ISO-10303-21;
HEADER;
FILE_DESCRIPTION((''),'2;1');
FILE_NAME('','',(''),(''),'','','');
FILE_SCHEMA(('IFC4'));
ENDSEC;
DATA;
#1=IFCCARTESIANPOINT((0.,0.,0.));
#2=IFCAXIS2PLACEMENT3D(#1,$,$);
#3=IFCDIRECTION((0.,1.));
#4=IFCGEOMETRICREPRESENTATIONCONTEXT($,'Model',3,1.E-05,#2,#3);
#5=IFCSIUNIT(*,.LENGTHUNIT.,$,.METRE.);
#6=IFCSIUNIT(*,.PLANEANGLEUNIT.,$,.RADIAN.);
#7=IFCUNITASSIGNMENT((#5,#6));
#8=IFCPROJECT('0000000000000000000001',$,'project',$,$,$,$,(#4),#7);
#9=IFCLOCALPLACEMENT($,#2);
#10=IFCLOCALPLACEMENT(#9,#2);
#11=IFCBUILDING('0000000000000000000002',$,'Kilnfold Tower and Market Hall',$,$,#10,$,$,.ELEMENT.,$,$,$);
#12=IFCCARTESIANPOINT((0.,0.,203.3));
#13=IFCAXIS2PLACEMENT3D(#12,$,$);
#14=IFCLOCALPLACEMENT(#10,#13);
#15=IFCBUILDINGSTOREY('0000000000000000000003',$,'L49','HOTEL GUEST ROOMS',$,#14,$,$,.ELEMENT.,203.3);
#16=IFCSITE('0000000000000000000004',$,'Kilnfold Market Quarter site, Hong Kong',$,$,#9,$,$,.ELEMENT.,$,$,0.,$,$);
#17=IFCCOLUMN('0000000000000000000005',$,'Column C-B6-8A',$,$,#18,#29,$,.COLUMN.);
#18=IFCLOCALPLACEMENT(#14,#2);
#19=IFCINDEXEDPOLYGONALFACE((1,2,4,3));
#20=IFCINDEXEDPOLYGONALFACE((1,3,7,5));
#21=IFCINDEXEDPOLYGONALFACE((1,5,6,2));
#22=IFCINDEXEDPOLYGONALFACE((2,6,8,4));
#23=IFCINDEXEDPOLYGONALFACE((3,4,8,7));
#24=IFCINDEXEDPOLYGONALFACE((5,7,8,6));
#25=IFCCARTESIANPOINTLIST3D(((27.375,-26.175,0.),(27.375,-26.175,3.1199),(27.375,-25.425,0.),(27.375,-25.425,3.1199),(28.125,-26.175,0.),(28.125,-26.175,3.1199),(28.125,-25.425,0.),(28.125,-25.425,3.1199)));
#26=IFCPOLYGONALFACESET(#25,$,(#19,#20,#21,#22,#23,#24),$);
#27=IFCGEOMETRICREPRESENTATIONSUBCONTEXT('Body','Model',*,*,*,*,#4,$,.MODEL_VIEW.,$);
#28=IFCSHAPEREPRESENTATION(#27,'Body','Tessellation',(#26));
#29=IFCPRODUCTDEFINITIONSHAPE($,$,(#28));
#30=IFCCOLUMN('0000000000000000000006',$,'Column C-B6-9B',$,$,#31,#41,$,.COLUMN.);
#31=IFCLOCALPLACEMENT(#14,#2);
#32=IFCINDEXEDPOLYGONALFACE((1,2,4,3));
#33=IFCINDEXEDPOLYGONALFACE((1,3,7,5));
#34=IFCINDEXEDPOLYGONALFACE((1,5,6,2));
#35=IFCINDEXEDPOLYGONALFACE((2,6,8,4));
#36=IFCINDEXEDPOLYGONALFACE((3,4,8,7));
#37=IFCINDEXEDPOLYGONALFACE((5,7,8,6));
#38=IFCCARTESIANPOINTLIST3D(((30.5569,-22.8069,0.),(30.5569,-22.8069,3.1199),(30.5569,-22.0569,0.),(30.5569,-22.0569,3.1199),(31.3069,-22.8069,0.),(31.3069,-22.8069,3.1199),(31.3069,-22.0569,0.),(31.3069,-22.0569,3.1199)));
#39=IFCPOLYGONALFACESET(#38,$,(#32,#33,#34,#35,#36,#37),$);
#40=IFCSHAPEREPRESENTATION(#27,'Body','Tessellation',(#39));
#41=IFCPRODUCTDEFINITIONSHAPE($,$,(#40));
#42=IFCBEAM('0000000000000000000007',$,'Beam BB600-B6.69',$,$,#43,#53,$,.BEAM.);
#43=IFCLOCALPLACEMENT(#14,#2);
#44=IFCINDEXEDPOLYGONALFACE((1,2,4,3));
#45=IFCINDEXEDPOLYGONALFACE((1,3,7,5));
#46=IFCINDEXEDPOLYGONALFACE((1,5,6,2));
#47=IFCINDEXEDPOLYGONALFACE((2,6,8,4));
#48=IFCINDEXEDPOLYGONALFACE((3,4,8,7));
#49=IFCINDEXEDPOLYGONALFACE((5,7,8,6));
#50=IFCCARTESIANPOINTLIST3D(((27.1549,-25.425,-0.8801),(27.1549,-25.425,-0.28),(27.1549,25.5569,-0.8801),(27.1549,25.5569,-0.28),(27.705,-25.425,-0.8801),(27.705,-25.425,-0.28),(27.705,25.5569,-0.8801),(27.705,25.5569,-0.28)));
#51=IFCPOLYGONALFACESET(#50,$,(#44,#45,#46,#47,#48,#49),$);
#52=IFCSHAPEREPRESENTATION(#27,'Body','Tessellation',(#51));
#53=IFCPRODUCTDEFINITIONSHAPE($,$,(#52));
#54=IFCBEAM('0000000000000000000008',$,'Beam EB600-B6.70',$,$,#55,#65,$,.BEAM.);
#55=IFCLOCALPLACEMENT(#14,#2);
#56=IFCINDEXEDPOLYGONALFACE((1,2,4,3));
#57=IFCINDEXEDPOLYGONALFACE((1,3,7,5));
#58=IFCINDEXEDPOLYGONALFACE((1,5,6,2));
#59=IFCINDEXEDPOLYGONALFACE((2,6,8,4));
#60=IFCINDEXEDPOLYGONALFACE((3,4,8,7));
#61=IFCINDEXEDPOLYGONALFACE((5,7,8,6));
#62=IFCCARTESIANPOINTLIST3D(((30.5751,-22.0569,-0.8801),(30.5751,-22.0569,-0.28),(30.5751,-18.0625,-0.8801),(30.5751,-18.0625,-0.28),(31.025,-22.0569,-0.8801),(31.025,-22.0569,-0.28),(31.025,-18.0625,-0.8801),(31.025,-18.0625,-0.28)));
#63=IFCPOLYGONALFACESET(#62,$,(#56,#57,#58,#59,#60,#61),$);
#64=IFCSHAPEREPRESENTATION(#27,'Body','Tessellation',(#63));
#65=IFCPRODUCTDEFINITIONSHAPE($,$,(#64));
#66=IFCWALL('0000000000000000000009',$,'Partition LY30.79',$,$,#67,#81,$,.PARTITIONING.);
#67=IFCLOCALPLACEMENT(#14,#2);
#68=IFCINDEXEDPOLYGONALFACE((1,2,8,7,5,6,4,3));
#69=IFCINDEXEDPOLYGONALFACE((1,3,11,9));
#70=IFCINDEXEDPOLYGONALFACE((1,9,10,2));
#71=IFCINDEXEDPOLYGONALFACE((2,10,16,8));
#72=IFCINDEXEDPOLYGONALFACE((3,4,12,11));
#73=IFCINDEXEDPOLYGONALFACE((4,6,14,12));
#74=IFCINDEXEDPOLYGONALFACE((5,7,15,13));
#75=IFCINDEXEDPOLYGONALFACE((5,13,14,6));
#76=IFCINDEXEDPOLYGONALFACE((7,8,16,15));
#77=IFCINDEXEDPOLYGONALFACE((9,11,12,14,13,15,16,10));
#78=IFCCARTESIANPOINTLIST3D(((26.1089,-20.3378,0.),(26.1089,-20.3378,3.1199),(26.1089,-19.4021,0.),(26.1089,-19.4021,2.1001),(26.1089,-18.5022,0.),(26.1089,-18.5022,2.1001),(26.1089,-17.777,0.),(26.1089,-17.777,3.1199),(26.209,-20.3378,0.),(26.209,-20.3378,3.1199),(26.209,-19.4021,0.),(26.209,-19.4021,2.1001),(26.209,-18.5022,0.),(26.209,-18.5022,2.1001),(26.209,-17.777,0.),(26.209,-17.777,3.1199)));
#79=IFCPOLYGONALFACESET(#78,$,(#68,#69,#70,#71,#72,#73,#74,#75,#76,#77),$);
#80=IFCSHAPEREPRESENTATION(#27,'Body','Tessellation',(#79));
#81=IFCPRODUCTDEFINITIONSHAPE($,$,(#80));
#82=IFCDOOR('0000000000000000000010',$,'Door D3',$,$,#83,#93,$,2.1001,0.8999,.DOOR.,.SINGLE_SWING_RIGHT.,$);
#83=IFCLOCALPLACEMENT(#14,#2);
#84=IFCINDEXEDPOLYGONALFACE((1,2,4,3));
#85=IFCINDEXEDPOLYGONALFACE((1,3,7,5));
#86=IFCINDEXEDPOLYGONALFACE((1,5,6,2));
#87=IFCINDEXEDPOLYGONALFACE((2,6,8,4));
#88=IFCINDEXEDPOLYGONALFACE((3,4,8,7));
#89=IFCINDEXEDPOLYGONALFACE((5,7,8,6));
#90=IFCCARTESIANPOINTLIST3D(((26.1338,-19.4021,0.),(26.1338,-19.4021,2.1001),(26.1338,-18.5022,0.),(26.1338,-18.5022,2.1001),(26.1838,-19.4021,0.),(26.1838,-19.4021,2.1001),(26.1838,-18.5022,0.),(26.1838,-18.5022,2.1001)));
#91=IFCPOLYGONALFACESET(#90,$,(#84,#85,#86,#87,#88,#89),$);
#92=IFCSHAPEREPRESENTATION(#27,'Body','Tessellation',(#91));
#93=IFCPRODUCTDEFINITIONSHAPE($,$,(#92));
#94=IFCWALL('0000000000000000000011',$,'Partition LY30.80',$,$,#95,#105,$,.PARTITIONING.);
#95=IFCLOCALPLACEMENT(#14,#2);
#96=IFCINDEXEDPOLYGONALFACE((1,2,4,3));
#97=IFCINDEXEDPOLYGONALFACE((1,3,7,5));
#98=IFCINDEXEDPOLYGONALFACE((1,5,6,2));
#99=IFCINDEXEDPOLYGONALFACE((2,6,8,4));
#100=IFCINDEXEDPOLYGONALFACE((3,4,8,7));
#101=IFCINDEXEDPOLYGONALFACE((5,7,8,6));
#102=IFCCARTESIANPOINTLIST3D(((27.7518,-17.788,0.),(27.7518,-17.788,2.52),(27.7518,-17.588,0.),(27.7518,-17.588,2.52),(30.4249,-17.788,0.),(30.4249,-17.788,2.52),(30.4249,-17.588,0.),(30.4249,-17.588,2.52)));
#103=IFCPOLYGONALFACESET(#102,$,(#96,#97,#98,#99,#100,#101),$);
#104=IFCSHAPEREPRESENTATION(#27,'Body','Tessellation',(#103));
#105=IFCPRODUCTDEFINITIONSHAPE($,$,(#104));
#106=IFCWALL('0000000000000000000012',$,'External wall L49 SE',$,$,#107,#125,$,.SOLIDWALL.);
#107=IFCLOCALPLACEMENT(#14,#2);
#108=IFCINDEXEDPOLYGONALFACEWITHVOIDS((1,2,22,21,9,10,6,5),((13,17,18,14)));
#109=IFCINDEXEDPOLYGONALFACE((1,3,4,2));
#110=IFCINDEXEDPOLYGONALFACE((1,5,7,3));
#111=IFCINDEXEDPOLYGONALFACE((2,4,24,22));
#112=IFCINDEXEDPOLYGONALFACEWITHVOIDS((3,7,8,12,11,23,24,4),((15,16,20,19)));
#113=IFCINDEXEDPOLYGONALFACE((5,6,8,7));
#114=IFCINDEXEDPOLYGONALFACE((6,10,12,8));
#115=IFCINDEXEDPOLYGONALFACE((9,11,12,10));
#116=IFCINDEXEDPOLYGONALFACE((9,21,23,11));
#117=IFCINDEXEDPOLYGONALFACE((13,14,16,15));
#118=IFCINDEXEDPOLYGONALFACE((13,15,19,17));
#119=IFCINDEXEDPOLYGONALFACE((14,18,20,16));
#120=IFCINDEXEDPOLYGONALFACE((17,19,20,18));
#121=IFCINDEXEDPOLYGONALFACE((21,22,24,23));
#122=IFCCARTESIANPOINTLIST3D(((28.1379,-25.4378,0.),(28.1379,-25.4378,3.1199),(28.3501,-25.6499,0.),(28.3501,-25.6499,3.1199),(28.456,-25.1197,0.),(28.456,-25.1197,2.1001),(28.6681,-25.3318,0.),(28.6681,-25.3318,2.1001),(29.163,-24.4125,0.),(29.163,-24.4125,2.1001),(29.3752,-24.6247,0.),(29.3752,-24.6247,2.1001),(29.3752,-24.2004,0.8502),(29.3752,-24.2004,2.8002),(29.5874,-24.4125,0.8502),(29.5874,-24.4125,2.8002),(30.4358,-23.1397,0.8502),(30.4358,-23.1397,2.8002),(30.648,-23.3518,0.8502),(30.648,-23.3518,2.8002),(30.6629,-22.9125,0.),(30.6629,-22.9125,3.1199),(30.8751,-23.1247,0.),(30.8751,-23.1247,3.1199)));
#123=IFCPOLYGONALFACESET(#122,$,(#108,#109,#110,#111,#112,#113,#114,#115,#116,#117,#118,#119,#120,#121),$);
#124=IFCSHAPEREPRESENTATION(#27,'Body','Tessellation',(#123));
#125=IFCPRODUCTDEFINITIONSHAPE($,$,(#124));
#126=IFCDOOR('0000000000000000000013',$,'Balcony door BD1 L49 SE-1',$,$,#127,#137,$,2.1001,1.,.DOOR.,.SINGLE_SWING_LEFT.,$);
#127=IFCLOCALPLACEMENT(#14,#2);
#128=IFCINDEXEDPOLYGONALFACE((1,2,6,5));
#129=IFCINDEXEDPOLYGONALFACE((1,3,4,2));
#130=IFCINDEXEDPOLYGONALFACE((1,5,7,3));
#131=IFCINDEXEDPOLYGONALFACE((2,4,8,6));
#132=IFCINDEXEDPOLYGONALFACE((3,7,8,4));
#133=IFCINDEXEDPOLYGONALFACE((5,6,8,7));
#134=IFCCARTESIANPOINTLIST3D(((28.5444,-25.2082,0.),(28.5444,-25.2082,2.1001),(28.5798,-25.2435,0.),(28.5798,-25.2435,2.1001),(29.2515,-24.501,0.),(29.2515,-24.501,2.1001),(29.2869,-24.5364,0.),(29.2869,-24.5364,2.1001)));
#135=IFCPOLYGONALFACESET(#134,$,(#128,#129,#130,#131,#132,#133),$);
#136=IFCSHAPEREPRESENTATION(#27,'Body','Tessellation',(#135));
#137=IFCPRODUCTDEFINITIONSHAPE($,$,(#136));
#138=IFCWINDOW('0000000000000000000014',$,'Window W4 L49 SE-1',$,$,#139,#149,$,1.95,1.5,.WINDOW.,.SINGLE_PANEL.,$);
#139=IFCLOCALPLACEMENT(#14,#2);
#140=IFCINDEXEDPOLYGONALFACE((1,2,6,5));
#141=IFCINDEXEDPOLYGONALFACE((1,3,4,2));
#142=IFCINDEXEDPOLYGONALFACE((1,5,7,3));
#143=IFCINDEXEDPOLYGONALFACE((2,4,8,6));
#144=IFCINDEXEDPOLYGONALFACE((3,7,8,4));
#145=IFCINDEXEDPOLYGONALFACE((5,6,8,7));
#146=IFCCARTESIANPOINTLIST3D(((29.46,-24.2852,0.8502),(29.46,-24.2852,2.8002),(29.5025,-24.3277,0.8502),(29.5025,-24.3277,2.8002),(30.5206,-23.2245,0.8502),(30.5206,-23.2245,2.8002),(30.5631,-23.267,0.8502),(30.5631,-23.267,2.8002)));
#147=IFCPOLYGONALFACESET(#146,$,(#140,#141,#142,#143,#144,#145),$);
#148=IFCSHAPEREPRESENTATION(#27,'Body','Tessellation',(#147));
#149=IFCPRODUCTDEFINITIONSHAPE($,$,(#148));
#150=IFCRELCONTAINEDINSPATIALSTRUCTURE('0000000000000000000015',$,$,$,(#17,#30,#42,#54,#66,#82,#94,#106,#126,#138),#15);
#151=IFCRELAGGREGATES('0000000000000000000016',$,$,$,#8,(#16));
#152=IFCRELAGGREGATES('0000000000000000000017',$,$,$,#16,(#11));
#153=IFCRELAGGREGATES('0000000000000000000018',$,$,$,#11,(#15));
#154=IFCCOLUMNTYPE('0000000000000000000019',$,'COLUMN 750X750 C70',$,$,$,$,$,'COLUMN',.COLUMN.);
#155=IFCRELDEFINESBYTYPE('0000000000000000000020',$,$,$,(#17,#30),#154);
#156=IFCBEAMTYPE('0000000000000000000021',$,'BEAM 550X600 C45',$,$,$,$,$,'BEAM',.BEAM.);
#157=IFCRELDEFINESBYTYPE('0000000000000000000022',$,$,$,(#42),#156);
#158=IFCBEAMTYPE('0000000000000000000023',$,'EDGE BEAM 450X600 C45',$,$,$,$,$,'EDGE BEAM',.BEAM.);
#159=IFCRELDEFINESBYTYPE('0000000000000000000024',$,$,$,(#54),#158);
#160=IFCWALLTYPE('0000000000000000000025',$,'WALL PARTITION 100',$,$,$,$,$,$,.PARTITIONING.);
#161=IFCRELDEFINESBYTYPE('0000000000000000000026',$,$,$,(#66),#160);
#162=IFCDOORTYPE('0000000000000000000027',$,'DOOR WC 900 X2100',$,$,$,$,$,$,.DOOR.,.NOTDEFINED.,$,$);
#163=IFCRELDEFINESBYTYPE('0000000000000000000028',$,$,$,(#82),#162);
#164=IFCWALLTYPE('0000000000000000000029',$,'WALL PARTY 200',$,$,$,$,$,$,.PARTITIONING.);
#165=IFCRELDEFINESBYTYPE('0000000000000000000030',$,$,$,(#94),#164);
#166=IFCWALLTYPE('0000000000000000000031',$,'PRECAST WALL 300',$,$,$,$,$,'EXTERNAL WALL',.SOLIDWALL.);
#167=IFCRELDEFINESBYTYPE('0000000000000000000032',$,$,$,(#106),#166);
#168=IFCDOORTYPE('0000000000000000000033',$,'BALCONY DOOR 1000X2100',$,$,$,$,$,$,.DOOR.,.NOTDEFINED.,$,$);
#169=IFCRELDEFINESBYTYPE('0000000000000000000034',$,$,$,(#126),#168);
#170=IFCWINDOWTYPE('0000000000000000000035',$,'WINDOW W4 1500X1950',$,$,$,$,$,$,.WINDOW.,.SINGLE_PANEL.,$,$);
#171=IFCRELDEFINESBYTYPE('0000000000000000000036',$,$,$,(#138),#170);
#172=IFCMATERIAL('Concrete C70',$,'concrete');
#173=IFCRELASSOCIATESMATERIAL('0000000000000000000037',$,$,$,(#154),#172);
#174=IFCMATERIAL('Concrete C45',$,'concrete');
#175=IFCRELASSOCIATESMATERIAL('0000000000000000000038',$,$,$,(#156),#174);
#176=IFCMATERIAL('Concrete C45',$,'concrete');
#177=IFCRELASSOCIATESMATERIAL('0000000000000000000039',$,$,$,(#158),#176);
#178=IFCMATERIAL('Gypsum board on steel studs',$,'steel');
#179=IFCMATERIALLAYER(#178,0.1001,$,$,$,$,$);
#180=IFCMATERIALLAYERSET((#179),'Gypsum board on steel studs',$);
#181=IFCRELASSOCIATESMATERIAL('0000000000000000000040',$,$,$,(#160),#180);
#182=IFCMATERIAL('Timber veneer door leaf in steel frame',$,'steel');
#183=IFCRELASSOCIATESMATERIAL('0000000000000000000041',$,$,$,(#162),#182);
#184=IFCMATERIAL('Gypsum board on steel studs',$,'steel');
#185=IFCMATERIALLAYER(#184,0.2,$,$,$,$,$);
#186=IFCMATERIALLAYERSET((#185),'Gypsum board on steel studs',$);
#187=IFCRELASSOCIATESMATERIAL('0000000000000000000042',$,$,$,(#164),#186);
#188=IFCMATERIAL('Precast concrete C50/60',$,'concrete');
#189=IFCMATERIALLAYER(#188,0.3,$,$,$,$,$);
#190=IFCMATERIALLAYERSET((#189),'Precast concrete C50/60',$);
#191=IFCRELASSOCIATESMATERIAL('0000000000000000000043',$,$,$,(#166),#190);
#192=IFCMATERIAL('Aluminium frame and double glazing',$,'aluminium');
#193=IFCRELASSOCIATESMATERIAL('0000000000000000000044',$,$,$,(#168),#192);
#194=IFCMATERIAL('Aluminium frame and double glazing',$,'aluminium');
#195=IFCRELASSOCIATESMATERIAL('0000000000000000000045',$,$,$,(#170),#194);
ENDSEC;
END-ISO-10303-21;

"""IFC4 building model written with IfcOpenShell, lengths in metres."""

from ifc_helpers import new_model, si_unit, direction, frame, frame_2d, origin, origin_2d, place, context, subcontext, project, spatial, rectangle, extrude, source, transform, mapped, material, layer, layer_set, material_profile, profile_set, type_object, element, fill, save


model = new_model("IFC4")

# Units and contexts
model_context = context("Model", 3, precision=1e-05, world=origin(), true_north=direction((0.0, 1.0)))
body_context = subcontext(model_context, "Body", "Model", "MODEL_VIEW")
ifc_project = project(units=[si_unit("LENGTHUNIT", "METRE"), si_unit("PLANEANGLEUNIT", "RADIAN")], contexts=[model_context])

# Site, building, storey
site_placement = place(None, origin())
site = spatial("IfcSite", under=ifc_project, at=site_placement, Name="Kilnfold Market Quarter site, Hong Kong", CompositionType="ELEMENT", RefElevation=0.0)
building_placement = place(site_placement, origin())
building = spatial("IfcBuilding", under=site, at=building_placement, Name="Kilnfold Tower and Market Hall", CompositionType="ELEMENT")
storey_placement = place(building_placement, frame((0.0, 0.0, 203.3)))
storey = spatial("IfcBuildingStorey", under=building, at=storey_placement, Name="L49", Description="HOTEL GUEST ROOMS", CompositionType="ELEMENT", Elevation=203.3)

# Columns
ifc_material_1 = material(Name="Concrete C70", Category="concrete")
ifc_material_profile_1 = material_profile(ifc_material_1, rectangle(XDim=0.75, YDim=0.75, at=origin_2d()), Name="RC 750x750")
ifc_profile_set_1 = profile_set([ifc_material_profile_1], Name="Concrete C70")
column_type = type_object("IfcColumnType", Name="COLUMN 750X750 C70", ElementType="COLUMN", PredefinedType="COLUMN", material=ifc_profile_set_1)
shared_shape_1 = source(origin(), body_context, "Body", "SweptSolid", [
    extrude(rectangle(XDim=0.75, YDim=0.75, at=origin_2d()), origin(), (0.0, 0.0, 1.0), 3.1199),
])
for number, where, z_axis, x_axis, name in (
    (1, (27.75, -25.8, 0.0), (0.0, 0.0, 1.0), (1.0, 0.0, 0.0), "Column C-B6-8A"),
    (2, (30.9319, -22.4319, 0.0), (0.0, 0.0, 1.0), (1.0, 0.0, 0.0), "Column C-B6-9B"),
):
    element("IfcColumn", number, at=place(storey_placement, frame(where, z_axis=z_axis, x_axis=x_axis)), inside=storey, type_object=column_type, Name=name, PredefinedType="COLUMN", context=body_context, shape_type="MappedRepresentation", body=[
        mapped(shared_shape_1, transform((0.0, 0.0, 0.0))),
    ])

# Beams
ifc_material_2 = material(Name="Concrete C45", Category="concrete")
ifc_material_profile_2 = material_profile(ifc_material_2, rectangle(XDim=0.55, YDim=0.6001, at=origin_2d()), Name="RC 550x600")
ifc_profile_set_2 = profile_set([ifc_material_profile_2], Name="Concrete C45")
beam_type_1 = type_object("IfcBeamType", Name="BEAM 550X600 C45", ElementType="BEAM", PredefinedType="BEAM", material=ifc_profile_set_2)
shared_shape_2 = source(origin(), body_context, "Body", "SweptSolid", [
    extrude(rectangle(XDim=0.55, YDim=0.6001, at=origin_2d()), origin(), (0.0, 0.0, 1.0), 50.9819),
])
beam_1_placement = place(storey_placement, frame((27.4299, -25.425, -0.5801), z_axis=(0.0, 1.0, 0.0), x_axis=(-1.0, 0.0, 0.0)))
element("IfcBeam", 3, at=beam_1_placement, inside=storey, type_object=beam_type_1, Name="Beam BB600-B6.69", PredefinedType="BEAM", context=body_context, shape_type="MappedRepresentation", body=[
    mapped(shared_shape_2, transform((0.0, 0.0, 0.0))),
])
ifc_material_3 = material(Name="Concrete C45", Category="concrete")
ifc_material_profile_3 = material_profile(ifc_material_3, rectangle(XDim=0.45, YDim=0.6001, at=origin_2d()), Name="RC 450x600")
ifc_profile_set_3 = profile_set([ifc_material_profile_3], Name="Concrete C45")
beam_type_2 = type_object("IfcBeamType", Name="EDGE BEAM 450X600 C45", ElementType="EDGE BEAM", PredefinedType="BEAM", material=ifc_profile_set_3)
shared_shape_3 = source(origin(), body_context, "Body", "SweptSolid", [
    extrude(rectangle(XDim=0.45, YDim=0.6001, at=origin_2d()), origin(), (0.0, 0.0, 1.0), 3.9944),
])
beam_2_placement = place(storey_placement, frame((30.8, -22.0569, -0.5801), z_axis=(0.0, 1.0, 0.0), x_axis=(-1.0, 0.0, 0.0)))
element("IfcBeam", 4, at=beam_2_placement, inside=storey, type_object=beam_type_2, Name="Beam EB600-B6.70", PredefinedType="BEAM", context=body_context, shape_type="MappedRepresentation", body=[
    mapped(shared_shape_3, transform((0.0, 0.0, 0.0))),
])

# Wall, opening, door
ifc_material_4 = material(Name="Gypsum board on steel studs", Category="steel")
ifc_layer_1 = layer(ifc_material_4, 0.1001)
ifc_layer_set_1 = layer_set([ifc_layer_1], Name="Gypsum board on steel studs")
wall_type_1 = type_object("IfcWallType", Name="WALL PARTITION 100", PredefinedType="PARTITIONING", material=ifc_layer_set_1)
wall_1_placement = place(storey_placement, frame((26.1589, -17.7771, 0.0), z_axis=(0.0, 0.0, 1.0), x_axis=(0.0, -1.0, 0.0)))
wall_1 = element("IfcWall", 5, at=wall_1_placement, inside=storey, type_object=wall_type_1, Name="Partition LY30.79", PredefinedType="PARTITIONING", context=body_context, shape_type="SweptSolid", body=[
    extrude(rectangle(XDim=2.5608, YDim=0.1001, at=frame_2d((1.2803, 0.0))), origin(), (0.0, 0.0, 1.0), 3.1199),
])
opening_1_placement = place(wall_1_placement, frame((0.7251, 0.0, 0.0)))
opening_1 = element("IfcOpeningElement", 6, at=opening_1_placement, cuts=wall_1, PredefinedType="OPENING", context=body_context, shape_type="SweptSolid", body=[
    extrude(rectangle(XDim=0.8999, YDim=2.1001, at=frame_2d((0.45, 1.05))), frame((0.0, 0.0601, 0.0), z_axis=(0.0, -1.0, 0.0), x_axis=(1.0, 0.0, 0.0)), (0.0, 0.0, 1.0), 0.1201),
])
ifc_material_5 = material(Name="Timber veneer door leaf in steel frame", Category="steel")
door_type_1 = type_object("IfcDoorType", Name="DOOR WC 900 X2100", OperationType="NOTDEFINED", PredefinedType="DOOR", material=ifc_material_5)
door_1_placement = place(opening_1_placement, origin())
door_1 = element("IfcDoor", 7, at=door_1_placement, inside=storey, type_object=door_type_1, Name="Door D3", OperationType="SINGLE_SWING_RIGHT", OverallHeight=2.1001, OverallWidth=0.8999, PredefinedType="DOOR", context=body_context, shape_type="SweptSolid", body=[
    extrude(rectangle(XDim=0.8999, YDim=2.1001, at=frame_2d((0.45, 1.05))), frame((0.0, 0.0249, 0.0), z_axis=(0.0, -1.0, 0.0), x_axis=(1.0, 0.0, 0.0)), (0.0, 0.0, 1.0), 0.05),
])
fill(opening_1, door_1)

# Wall
ifc_material_6 = material(Name="Gypsum board on steel studs", Category="steel")
ifc_layer_2 = layer(ifc_material_6, 0.2)
ifc_layer_set_2 = layer_set([ifc_layer_2], Name="Gypsum board on steel studs")
wall_type_2 = type_object("IfcWallType", Name="WALL PARTY 200", PredefinedType="PARTITIONING", material=ifc_layer_set_2)
wall_2_placement = place(storey_placement, frame((27.752, -17.688, 0.0), z_axis=(0.0, 0.0, 1.0), x_axis=(1.0, 0.0, 0.0)))
element("IfcWall", 8, at=wall_2_placement, inside=storey, type_object=wall_type_2, Name="Partition LY30.80", PredefinedType="PARTITIONING", context=body_context, shape_type="SweptSolid", body=[
    extrude(rectangle(XDim=2.6731, YDim=0.2, at=frame_2d((1.3364, 0.0))), origin(), (0.0, 0.0, 1.0), 2.52),
])

# Wall, openings, door, window
ifc_material_7 = material(Name="Precast concrete C50/60", Category="concrete")
ifc_layer_3 = layer(ifc_material_7, 0.3)
ifc_layer_set_3 = layer_set([ifc_layer_3], Name="Precast concrete C50/60")
wall_type_3 = type_object("IfcWallType", Name="PRECAST WALL 300", ElementType="EXTERNAL WALL", PredefinedType="SOLIDWALL", material=ifc_layer_set_3)
shared_shape_4 = source(origin(), body_context, "Body", "SweptSolid", [
    extrude(rectangle(XDim=3.571, YDim=0.3, at=frame_2d((1.7856, 0.0))), origin(), (0.0, 0.0, 1.0), 3.1199),
])
wall_3_placement = place(storey_placement, frame((28.2439, -25.5439, 0.0), z_axis=(0.0, 0.0, 1.0), x_axis=(0.707073, 0.707141, 0.0)))
wall_3 = element("IfcWall", 9, at=wall_3_placement, inside=storey, type_object=wall_type_3, Name="External wall L49 SE", PredefinedType="SOLIDWALL", context=body_context, shape_type="MappedRepresentation", body=[
    mapped(shared_shape_4, transform((0.0, 0.0, 0.0))),
])
opening_2_placement = place(wall_3_placement, frame((1.75, 0.0, 0.8501)))
opening_2 = element("IfcOpeningElement", 10, at=opening_2_placement, cuts=wall_3, PredefinedType="OPENING", context=body_context, shape_type="SweptSolid", body=[
    extrude(rectangle(XDim=1.5, YDim=1.95, at=frame_2d((0.75, 0.9751))), frame((0.0, 0.1602, 0.0), z_axis=(0.0, -1.0, 0.0), x_axis=(1.0, 0.0, 0.0)), (0.0, 0.0, 1.0), 0.3201),
])
opening_3_placement = place(wall_3_placement, frame((0.45, 0.0, 0.0)))
opening_3 = element("IfcOpeningElement", 11, at=opening_3_placement, cuts=wall_3, PredefinedType="OPENING", context=body_context, shape_type="SweptSolid", body=[
    extrude(rectangle(XDim=1.0, YDim=2.1001, at=frame_2d((0.5, 1.05))), frame((0.0, 0.1602, 0.0), z_axis=(0.0, -1.0, 0.0), x_axis=(1.0, 0.0, 0.0)), (0.0, 0.0, 1.0), 0.3201),
])
ifc_material_8 = material(Name="Aluminium frame and double glazing", Category="aluminium")
door_type_2 = type_object("IfcDoorType", Name="BALCONY DOOR 1000X2100", OperationType="NOTDEFINED", PredefinedType="DOOR", material=ifc_material_8)
door_2_placement = place(opening_3_placement, origin())
door_2 = element("IfcDoor", 12, at=door_2_placement, inside=storey, type_object=door_type_2, Name="Balcony door BD1 L49 SE-1", OperationType="SINGLE_SWING_LEFT", OverallHeight=2.1001, OverallWidth=1.0, PredefinedType="DOOR", context=body_context, shape_type="SweptSolid", body=[
    extrude(rectangle(XDim=1.0, YDim=2.1001, at=frame_2d((0.5, 1.05))), frame((0.0, 0.0249, 0.0), z_axis=(0.0, -1.0, 0.0), x_axis=(1.0, 0.0, 0.0)), (0.0, 0.0, 1.0), 0.05),
])
fill(opening_3, door_2)
ifc_material_9 = material(Name="Aluminium frame and double glazing", Category="aluminium")
window_type = type_object("IfcWindowType", Name="WINDOW W4 1500X1950", PartitioningType="SINGLE_PANEL", PredefinedType="WINDOW", material=ifc_material_9)
window_1_placement = place(opening_2_placement, origin())
window_1 = element("IfcWindow", 13, at=window_1_placement, inside=storey, type_object=window_type, Name="Window W4 L49 SE-1", OverallHeight=1.95, OverallWidth=1.5, PartitioningType="SINGLE_PANEL", PredefinedType="WINDOW", context=body_context, shape_type="SweptSolid", body=[
    extrude(rectangle(XDim=1.5, YDim=1.95, at=frame_2d((0.75, 0.9751))), frame((0.0, 0.03, 0.0), z_axis=(0.0, -1.0, 0.0), x_axis=(1.0, 0.0, 0.0)), (0.0, 0.0, 1.0), 0.0601),
])
fill(opening_2, window_1)

save(model, "model.ifc")
